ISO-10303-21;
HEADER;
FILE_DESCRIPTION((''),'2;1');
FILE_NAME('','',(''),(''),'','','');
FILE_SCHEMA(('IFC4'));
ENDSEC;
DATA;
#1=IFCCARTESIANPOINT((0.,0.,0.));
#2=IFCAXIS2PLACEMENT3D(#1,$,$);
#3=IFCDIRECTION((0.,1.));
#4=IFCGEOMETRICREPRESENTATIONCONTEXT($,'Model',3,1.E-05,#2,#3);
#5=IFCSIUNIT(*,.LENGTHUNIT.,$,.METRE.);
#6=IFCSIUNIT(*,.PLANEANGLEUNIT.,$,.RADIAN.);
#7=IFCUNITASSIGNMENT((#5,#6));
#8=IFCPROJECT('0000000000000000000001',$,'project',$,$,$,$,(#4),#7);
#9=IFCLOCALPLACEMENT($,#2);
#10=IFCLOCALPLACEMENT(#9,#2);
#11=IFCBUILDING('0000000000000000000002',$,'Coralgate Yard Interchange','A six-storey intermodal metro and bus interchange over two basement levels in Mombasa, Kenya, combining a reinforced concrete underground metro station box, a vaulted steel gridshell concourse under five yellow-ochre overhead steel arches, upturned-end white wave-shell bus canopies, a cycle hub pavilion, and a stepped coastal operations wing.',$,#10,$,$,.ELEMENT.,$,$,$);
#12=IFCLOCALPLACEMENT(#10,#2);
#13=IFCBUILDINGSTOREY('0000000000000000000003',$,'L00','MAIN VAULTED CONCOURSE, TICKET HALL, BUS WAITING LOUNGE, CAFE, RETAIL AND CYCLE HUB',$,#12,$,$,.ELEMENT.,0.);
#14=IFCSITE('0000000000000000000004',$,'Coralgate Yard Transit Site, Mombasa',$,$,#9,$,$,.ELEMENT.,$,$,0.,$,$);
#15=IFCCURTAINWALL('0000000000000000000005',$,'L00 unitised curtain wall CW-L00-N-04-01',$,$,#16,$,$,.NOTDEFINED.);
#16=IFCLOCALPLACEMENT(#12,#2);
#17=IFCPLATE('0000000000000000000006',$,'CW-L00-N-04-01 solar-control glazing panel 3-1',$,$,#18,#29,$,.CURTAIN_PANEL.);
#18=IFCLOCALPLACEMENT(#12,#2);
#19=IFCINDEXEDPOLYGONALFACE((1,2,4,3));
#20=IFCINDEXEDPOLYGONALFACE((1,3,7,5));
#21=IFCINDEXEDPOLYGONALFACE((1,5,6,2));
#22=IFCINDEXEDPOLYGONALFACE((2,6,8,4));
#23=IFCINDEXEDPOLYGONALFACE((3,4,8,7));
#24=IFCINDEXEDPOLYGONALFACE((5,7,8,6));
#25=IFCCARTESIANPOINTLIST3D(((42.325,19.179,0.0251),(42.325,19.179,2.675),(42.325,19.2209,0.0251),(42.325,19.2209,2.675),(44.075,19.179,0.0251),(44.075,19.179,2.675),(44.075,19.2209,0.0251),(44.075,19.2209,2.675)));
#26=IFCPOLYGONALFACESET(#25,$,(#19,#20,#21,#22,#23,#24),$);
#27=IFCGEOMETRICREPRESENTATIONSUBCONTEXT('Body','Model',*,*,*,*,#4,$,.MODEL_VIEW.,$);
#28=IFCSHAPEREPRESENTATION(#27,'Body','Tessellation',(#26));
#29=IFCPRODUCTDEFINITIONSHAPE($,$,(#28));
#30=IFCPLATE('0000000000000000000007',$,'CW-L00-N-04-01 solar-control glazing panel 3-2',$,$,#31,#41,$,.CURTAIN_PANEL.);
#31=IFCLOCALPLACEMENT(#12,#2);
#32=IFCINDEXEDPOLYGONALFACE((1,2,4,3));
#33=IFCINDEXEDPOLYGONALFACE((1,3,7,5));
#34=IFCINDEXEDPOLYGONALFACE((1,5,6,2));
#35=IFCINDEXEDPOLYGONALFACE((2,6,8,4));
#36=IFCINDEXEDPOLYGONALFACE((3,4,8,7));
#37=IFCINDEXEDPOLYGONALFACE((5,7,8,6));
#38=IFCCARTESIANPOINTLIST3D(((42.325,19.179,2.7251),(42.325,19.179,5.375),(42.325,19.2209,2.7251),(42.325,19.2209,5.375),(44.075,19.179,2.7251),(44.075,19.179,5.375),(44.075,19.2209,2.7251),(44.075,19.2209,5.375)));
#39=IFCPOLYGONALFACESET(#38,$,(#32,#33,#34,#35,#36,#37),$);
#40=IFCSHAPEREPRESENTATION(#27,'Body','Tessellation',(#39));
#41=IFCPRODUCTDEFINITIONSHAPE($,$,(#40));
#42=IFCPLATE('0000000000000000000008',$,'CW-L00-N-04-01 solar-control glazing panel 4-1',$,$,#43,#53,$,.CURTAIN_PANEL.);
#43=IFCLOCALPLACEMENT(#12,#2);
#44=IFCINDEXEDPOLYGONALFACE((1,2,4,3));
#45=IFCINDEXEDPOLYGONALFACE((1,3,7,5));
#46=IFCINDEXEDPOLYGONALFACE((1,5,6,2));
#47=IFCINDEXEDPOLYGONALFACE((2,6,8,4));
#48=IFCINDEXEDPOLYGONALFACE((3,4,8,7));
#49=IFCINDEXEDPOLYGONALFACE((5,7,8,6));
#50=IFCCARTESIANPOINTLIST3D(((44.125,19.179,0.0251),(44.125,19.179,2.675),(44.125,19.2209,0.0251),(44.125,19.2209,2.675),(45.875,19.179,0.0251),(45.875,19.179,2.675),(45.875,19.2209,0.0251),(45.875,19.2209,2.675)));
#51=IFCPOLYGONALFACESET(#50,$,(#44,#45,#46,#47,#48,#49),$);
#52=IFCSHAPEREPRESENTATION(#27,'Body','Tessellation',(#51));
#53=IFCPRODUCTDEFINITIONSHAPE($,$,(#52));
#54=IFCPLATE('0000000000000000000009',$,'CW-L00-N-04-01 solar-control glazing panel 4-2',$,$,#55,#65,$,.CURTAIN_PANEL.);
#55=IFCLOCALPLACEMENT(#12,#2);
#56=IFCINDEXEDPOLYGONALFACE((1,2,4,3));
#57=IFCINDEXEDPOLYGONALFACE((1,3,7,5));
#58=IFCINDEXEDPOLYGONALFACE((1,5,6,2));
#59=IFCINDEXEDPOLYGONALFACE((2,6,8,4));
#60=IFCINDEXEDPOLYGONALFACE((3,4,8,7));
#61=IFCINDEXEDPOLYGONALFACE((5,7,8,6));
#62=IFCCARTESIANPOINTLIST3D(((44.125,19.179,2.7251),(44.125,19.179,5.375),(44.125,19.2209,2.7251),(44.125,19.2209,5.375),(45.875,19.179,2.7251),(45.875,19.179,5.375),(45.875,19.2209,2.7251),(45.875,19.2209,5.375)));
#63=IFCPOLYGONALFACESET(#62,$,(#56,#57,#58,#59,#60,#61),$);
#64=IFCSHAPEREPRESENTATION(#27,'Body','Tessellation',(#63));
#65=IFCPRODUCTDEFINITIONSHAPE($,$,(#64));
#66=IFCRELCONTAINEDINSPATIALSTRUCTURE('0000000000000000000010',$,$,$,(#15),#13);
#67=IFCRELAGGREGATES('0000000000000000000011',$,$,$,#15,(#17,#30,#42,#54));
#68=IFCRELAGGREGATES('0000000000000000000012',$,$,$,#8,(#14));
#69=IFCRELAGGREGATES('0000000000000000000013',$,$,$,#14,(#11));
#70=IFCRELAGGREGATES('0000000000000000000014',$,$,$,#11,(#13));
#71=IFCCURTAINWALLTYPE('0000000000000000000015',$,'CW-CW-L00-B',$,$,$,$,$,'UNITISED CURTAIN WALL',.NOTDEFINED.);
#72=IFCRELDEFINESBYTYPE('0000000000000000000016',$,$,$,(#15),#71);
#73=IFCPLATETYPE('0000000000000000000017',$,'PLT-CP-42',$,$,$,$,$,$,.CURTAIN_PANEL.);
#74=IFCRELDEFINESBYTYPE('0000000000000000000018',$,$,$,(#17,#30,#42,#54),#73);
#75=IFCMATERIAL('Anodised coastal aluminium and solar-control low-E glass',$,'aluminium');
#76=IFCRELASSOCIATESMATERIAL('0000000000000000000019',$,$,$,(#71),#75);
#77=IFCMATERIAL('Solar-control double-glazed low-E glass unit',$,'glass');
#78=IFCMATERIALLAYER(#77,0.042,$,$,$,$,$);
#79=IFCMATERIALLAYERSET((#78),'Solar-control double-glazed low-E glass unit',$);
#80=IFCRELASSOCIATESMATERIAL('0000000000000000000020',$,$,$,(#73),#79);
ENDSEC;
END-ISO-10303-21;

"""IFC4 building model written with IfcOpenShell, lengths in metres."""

from ifc_helpers import new_model, si_unit, direction, frame, origin, origin_2d, place, context, subcontext, project, spatial, rectangle, extrude, material, layer, layer_set, type_object, element, aggregate, save


model = new_model("IFC4")

# Units and contexts
model_context = context("Model", 3, precision=1e-05, world=origin(), true_north=direction((0.0, 1.0)))
body_context = subcontext(model_context, "Body", "Model", "MODEL_VIEW")
ifc_project = project(units=[si_unit("LENGTHUNIT", "METRE"), si_unit("PLANEANGLEUNIT", "RADIAN")], contexts=[model_context])

# Site, building, storey
site_placement = place(None, origin())
site = spatial("IfcSite", under=ifc_project, at=site_placement, Name="Coralgate Yard Transit Site, Mombasa", CompositionType="ELEMENT", RefElevation=0.0)
building_placement = place(site_placement, origin())
building = spatial("IfcBuilding", under=site, at=building_placement, Name="Coralgate Yard Interchange", Description="A six-storey intermodal metro and bus interchange over two basement levels in Mombasa, Kenya, combining a reinforced concrete underground metro station box, a vaulted steel gridshell concourse under five yellow-ochre overhead steel arches, upturned-end white wave-shell bus canopies, a cycle hub pavilion, and a stepped coastal operations wing.", CompositionType="ELEMENT")
storey_placement = place(building_placement, origin())
storey = spatial("IfcBuildingStorey", under=building, at=storey_placement, Name="L00", Description="MAIN VAULTED CONCOURSE, TICKET HALL, BUS WAITING LOUNGE, CAFE, RETAIL AND CYCLE HUB", CompositionType="ELEMENT", Elevation=0.0)

# Curtain wall, plates
ifc_material_1 = material(Name="Anodised coastal aluminium and solar-control low-E glass", Category="aluminium")
curtain_wall_type = type_object("IfcCurtainWallType", Name="CW-CW-L00-B", ElementType="UNITISED CURTAIN WALL", PredefinedType="NOTDEFINED", material=ifc_material_1)
curtain_wall_placement = place(storey_placement, origin())
curtain_wall = element("IfcCurtainWall", 1, at=curtain_wall_placement, inside=storey, type_object=curtain_wall_type, Name="L00 unitised curtain wall CW-L00-N-04-01", PredefinedType="NOTDEFINED")
ifc_material_2 = material(Name="Solar-control double-glazed low-E glass unit", Category="glass")
ifc_layer = layer(ifc_material_2, 0.042)
ifc_layer_set = layer_set([ifc_layer], Name="Solar-control double-glazed low-E glass unit")
plate_type = type_object("IfcPlateType", Name="PLT-CP-42", PredefinedType="CURTAIN_PANEL", material=ifc_layer_set)
plate_1_placement = place(storey_placement, frame((43.2, 19.2, 0.0251), z_axis=(0.0, 0.0, 1.0), x_axis=(1.0, 0.0, 0.0)))
plate_1 = element("IfcPlate", 2, at=plate_1_placement, type_object=plate_type, Name="CW-L00-N-04-01 solar-control glazing panel 3-1", PredefinedType="CURTAIN_PANEL", context=body_context, shape_type="SweptSolid", body=[
    extrude(rectangle(XDim=1.75, YDim=0.042, at=origin_2d()), origin(), (0.0, 0.0, 1.0), 2.6499),
])
plate_2_placement = place(storey_placement, frame((43.2, 19.2, 2.7251), z_axis=(0.0, 0.0, 1.0), x_axis=(1.0, 0.0, 0.0)))
plate_2 = element("IfcPlate", 3, at=plate_2_placement, type_object=plate_type, Name="CW-L00-N-04-01 solar-control glazing panel 3-2", PredefinedType="CURTAIN_PANEL", context=body_context, shape_type="SweptSolid", body=[
    extrude(rectangle(XDim=1.75, YDim=0.042, at=origin_2d()), origin(), (0.0, 0.0, 1.0), 2.6499),
])
plate_3_placement = place(storey_placement, frame((45.0, 19.2, 0.0251), z_axis=(0.0, 0.0, 1.0), x_axis=(1.0, 0.0, 0.0)))
plate_3 = element("IfcPlate", 4, at=plate_3_placement, type_object=plate_type, Name="CW-L00-N-04-01 solar-control glazing panel 4-1", PredefinedType="CURTAIN_PANEL", context=body_context, shape_type="SweptSolid", body=[
    extrude(rectangle(XDim=1.75, YDim=0.042, at=origin_2d()), origin(), (0.0, 0.0, 1.0), 2.6499),
])
plate_4_placement = place(storey_placement, frame((45.0, 19.2, 2.7251), z_axis=(0.0, 0.0, 1.0), x_axis=(1.0, 0.0, 0.0)))
plate_4 = element("IfcPlate", 5, at=plate_4_placement, type_object=plate_type, Name="CW-L00-N-04-01 solar-control glazing panel 4-2", PredefinedType="CURTAIN_PANEL", context=body_context, shape_type="SweptSolid", body=[
    extrude(rectangle(XDim=1.75, YDim=0.042, at=origin_2d()), origin(), (0.0, 0.0, 1.0), 2.6499),
])
aggregate(curtain_wall, [plate_1, plate_2, plate_3, plate_4])

save(model, "model.ifc")
